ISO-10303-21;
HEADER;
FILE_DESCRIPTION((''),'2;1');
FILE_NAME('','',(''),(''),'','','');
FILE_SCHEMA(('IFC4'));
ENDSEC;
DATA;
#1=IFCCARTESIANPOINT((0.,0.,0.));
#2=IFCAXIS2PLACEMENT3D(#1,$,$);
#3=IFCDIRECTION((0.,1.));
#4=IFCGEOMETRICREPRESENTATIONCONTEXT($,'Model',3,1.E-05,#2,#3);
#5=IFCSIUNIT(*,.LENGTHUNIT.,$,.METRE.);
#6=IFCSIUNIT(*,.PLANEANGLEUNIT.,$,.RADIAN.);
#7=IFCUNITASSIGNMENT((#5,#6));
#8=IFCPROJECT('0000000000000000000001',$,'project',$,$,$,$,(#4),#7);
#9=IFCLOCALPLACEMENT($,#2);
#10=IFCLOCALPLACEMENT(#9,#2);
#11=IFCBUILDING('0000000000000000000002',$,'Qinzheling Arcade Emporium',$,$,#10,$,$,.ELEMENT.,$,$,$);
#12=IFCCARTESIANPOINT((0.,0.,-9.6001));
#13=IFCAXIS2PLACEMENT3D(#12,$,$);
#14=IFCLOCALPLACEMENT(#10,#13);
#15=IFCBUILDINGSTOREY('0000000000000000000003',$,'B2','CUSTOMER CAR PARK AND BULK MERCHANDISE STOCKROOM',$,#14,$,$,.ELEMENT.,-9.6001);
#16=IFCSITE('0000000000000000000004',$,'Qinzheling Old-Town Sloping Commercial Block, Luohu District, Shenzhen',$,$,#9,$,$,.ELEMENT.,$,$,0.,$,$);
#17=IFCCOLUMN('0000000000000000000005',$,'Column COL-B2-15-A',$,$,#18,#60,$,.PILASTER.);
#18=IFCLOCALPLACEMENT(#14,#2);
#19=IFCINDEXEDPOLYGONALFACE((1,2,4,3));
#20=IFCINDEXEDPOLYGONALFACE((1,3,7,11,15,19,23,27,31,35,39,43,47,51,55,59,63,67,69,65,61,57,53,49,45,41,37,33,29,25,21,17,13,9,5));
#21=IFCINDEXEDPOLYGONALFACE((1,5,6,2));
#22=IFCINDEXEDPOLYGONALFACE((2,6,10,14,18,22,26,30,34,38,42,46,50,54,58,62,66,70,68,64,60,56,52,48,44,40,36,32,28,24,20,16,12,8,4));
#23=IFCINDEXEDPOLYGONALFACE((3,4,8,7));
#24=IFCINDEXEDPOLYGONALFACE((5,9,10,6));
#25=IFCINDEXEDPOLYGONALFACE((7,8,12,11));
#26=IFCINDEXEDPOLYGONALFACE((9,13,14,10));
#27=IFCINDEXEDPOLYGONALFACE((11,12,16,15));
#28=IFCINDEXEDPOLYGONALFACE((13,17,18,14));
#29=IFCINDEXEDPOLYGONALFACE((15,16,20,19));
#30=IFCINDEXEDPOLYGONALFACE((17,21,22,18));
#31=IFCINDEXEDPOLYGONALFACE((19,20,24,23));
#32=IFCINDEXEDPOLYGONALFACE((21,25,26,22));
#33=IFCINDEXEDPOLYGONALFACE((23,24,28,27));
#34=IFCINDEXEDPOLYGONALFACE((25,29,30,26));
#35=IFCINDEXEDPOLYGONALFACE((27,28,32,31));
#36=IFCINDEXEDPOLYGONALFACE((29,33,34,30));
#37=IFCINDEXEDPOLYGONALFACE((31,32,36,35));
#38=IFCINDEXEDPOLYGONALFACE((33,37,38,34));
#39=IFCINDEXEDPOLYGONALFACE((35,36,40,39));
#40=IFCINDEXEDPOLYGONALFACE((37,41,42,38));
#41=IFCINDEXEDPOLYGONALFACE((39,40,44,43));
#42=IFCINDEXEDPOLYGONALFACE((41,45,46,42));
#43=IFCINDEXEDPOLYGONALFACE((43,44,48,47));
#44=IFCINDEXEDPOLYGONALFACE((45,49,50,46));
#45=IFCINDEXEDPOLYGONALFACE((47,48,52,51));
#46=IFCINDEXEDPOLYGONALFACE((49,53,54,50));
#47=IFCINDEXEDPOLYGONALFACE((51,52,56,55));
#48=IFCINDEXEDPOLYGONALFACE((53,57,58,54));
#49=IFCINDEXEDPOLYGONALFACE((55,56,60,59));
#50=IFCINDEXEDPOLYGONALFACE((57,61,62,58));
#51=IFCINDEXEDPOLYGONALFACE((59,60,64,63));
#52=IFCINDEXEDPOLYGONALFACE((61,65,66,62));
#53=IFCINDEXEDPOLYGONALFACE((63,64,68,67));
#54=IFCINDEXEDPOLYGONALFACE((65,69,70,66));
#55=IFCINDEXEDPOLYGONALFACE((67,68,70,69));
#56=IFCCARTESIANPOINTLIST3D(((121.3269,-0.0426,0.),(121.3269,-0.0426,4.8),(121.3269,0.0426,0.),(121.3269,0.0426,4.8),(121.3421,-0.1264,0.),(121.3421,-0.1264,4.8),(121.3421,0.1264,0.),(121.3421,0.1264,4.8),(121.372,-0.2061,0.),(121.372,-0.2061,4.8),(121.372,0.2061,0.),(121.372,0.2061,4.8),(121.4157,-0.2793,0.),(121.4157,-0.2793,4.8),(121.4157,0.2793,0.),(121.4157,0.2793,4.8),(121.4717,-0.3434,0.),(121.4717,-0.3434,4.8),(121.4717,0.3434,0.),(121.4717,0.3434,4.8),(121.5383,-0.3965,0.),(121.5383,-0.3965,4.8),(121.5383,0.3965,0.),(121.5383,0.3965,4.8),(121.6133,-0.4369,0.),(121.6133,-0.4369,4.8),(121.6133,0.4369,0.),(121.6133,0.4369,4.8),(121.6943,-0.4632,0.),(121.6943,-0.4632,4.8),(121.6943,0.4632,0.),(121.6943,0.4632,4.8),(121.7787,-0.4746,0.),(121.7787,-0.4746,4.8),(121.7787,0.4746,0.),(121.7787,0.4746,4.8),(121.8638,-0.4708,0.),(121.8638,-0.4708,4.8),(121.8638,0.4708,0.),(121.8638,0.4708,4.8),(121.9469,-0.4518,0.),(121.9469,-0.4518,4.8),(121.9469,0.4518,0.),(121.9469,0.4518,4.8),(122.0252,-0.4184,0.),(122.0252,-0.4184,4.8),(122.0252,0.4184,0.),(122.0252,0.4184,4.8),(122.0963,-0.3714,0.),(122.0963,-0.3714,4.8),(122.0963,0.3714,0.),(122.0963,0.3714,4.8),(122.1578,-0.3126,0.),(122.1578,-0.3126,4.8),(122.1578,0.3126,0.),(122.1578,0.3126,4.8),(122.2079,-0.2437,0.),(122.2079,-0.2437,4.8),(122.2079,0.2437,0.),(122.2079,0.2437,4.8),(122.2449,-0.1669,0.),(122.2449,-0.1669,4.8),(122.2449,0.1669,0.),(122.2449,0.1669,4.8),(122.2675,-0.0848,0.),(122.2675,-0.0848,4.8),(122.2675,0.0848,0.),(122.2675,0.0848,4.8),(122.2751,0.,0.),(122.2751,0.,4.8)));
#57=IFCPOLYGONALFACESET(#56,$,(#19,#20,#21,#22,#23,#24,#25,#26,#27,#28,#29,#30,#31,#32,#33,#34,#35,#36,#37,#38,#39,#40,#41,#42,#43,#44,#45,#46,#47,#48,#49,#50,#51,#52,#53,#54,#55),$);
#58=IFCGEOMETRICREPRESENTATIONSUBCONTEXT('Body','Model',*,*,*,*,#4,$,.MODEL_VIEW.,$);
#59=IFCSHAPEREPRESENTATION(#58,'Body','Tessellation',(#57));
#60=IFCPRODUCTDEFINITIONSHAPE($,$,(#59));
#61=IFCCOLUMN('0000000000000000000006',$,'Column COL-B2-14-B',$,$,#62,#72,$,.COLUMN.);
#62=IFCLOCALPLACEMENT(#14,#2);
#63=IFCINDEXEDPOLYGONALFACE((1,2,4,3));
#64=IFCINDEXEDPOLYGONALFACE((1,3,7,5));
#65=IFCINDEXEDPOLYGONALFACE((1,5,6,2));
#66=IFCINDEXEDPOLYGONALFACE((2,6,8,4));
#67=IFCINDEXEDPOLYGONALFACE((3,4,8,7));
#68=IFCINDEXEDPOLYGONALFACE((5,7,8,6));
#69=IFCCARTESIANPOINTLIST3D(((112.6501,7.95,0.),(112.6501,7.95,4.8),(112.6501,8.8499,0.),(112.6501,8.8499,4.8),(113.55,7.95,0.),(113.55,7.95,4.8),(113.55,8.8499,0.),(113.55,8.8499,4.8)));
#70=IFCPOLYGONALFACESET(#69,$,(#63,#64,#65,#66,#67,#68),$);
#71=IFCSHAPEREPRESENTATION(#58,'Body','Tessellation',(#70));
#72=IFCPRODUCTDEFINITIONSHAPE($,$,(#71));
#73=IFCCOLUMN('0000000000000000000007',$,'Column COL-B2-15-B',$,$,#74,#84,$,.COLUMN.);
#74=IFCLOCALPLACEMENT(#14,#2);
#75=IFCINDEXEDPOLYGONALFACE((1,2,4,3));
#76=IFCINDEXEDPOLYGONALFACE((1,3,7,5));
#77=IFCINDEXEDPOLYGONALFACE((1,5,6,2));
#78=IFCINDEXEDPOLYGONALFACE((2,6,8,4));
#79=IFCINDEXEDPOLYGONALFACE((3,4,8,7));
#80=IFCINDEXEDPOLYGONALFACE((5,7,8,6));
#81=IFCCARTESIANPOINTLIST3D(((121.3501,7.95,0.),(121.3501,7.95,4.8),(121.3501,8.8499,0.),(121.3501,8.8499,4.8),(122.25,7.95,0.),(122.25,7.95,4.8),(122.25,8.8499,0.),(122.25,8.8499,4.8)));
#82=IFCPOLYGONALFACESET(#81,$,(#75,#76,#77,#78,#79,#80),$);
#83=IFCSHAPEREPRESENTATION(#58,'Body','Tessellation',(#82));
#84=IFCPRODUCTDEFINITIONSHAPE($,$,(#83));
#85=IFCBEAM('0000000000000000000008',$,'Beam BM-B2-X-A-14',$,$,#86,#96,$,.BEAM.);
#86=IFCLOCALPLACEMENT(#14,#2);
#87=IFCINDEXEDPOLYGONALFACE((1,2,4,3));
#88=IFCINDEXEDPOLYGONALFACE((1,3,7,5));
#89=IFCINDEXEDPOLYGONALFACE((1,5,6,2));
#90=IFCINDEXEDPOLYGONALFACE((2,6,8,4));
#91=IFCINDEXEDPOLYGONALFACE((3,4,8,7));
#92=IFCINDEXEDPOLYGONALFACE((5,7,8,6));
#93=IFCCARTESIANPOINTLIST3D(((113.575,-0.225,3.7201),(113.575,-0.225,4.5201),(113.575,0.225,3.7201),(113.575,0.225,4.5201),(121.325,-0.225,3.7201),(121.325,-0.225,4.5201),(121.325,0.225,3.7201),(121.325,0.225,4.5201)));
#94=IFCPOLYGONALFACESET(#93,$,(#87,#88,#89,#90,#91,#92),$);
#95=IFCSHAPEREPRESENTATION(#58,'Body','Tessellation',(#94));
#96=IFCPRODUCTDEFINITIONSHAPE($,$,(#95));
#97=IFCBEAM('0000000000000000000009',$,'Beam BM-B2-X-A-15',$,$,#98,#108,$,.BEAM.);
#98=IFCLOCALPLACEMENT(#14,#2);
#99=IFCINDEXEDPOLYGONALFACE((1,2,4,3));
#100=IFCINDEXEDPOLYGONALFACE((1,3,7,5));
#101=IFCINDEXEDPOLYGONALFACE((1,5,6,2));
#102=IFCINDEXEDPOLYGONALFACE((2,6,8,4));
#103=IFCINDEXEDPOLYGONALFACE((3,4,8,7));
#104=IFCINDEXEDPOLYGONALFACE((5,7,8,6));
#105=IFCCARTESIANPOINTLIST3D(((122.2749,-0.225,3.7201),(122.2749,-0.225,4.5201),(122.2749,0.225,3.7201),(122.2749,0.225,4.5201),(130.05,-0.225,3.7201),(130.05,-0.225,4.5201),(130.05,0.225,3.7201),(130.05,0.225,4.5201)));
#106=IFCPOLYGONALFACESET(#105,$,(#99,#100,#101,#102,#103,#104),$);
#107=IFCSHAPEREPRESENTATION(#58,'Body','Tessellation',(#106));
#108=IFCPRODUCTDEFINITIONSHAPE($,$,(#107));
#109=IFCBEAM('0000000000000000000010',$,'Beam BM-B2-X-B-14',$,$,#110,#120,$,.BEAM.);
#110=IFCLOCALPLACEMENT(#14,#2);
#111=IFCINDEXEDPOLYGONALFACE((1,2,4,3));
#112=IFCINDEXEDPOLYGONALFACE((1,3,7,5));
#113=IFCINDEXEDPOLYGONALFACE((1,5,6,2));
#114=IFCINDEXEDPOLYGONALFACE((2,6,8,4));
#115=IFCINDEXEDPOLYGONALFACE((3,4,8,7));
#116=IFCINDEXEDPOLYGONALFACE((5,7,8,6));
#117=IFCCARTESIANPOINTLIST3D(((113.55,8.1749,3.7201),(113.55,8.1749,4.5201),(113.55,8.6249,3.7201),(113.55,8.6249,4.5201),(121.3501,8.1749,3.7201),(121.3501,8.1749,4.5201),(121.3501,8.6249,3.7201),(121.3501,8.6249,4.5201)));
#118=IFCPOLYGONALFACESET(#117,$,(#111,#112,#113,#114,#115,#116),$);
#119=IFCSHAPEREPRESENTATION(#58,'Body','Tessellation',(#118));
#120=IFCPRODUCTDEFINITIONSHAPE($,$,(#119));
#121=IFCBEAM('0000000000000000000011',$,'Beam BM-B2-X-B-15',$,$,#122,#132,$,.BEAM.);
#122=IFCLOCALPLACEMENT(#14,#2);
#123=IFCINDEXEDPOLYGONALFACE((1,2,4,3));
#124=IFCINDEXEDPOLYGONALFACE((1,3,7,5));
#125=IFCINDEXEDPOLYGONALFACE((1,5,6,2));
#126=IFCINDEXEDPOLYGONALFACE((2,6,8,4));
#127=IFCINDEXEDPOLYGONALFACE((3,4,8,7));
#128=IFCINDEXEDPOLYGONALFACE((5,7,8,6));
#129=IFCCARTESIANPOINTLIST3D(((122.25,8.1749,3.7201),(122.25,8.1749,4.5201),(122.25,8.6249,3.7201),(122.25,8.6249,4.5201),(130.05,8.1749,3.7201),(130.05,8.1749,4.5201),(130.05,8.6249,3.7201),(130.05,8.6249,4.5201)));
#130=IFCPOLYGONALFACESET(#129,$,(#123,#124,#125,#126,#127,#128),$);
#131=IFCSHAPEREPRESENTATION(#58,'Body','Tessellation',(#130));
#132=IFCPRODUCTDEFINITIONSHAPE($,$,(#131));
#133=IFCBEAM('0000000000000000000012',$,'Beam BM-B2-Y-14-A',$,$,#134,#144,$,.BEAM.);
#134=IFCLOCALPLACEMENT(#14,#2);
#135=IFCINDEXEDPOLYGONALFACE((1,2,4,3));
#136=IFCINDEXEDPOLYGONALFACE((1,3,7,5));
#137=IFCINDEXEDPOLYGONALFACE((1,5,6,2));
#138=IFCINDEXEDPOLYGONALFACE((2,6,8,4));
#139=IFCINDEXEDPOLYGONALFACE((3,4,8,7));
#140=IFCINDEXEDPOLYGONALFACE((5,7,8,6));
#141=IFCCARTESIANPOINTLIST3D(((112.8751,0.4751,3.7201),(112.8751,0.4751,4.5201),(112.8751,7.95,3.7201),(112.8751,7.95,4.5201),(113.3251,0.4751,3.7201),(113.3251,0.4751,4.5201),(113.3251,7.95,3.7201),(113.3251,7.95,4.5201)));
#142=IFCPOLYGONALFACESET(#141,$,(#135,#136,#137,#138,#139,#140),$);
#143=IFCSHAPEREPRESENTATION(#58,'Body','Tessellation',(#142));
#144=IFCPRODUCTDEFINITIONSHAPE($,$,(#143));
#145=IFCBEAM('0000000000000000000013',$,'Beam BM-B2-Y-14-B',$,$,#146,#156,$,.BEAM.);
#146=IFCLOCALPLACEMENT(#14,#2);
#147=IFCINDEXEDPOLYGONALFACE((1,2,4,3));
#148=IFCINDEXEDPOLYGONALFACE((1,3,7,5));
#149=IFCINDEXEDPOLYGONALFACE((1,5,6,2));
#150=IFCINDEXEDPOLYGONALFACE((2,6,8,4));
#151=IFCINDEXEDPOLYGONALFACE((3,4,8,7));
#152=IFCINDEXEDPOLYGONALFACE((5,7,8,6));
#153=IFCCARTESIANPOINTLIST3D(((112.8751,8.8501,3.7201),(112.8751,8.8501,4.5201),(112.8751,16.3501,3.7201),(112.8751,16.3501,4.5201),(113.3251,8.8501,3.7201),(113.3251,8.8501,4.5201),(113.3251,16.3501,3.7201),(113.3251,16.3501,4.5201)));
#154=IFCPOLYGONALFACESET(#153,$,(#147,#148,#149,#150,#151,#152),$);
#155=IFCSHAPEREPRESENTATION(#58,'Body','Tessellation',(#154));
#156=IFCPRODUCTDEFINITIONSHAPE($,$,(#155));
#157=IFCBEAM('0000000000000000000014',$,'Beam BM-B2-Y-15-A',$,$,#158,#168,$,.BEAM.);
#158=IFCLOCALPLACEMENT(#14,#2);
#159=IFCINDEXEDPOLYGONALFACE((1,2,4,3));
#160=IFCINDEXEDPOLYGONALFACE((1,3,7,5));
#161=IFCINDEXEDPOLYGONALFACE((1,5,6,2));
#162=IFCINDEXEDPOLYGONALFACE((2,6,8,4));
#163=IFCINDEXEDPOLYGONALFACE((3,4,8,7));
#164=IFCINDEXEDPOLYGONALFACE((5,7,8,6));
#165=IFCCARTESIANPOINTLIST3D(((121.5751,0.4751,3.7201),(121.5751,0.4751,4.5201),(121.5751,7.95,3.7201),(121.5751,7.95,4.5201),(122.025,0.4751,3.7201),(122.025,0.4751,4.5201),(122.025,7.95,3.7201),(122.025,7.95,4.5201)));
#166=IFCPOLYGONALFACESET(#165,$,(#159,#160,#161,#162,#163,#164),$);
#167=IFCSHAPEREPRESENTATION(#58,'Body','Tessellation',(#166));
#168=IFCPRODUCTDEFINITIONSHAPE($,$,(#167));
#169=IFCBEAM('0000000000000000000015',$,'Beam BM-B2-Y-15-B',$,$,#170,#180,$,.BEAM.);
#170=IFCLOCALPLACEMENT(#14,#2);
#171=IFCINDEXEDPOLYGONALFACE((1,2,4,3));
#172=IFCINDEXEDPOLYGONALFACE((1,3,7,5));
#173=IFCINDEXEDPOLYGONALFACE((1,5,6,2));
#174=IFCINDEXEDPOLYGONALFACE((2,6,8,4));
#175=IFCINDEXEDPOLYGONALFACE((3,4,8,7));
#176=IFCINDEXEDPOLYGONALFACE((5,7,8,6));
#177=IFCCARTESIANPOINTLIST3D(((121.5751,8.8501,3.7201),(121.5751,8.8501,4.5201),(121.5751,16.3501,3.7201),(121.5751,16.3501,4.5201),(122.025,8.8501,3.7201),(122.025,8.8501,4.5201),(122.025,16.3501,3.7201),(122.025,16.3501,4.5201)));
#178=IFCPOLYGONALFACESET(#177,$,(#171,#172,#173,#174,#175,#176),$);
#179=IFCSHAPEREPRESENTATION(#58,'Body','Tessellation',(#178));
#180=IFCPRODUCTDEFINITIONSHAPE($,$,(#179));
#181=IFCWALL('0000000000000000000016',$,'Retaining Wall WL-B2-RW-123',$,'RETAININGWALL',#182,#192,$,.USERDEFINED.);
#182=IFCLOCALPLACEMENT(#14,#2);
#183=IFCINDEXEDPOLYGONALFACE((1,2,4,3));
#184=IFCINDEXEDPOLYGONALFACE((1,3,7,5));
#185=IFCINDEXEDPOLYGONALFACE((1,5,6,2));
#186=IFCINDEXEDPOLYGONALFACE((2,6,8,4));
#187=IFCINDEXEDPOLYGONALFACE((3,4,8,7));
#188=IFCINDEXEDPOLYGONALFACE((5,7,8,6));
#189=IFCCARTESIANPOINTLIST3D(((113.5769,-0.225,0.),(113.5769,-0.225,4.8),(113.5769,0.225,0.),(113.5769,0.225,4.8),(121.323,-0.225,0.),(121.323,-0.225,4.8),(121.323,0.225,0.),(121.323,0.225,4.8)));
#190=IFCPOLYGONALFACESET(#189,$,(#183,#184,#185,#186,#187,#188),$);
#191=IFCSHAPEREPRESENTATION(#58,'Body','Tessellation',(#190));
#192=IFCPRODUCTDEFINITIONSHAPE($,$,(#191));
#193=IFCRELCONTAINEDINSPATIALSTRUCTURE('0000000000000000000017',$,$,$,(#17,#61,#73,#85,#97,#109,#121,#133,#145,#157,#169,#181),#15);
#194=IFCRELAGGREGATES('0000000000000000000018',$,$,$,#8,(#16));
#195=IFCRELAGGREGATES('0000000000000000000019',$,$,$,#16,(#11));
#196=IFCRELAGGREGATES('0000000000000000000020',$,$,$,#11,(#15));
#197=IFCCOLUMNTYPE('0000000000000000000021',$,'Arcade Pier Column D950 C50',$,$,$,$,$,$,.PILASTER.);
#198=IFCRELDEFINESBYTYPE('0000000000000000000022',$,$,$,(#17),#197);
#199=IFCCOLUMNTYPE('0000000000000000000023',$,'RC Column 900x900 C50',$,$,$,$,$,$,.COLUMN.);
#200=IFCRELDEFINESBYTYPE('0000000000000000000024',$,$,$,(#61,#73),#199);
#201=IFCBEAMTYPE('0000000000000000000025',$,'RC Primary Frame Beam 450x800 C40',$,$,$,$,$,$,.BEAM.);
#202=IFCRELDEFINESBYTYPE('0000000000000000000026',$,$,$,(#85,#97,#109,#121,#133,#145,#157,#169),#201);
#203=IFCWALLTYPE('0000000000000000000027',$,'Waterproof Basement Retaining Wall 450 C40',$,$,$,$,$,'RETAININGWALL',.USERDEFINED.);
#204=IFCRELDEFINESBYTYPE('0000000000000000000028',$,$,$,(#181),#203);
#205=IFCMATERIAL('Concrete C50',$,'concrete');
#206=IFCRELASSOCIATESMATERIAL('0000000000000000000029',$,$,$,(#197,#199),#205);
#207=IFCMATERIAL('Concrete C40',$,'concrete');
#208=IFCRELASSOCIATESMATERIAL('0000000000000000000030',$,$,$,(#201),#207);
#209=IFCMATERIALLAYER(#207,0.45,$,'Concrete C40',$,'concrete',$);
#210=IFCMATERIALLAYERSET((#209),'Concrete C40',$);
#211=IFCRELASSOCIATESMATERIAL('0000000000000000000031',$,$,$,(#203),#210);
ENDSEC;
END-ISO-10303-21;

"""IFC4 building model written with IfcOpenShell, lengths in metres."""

from ifc_helpers import new_model, si_unit, direction, frame, frame_2d, origin, origin_2d, place, context, subcontext, project, spatial, rectangle, circle, extrude, material, layer, layer_set, material_profile, profile_set, type_object, element, save


model = new_model("IFC4")

# Units and contexts
model_context = context("Model", 3, precision=1e-05, world=origin(), true_north=direction((0.0, 1.0)))
body_context = subcontext(model_context, "Body", "Model", "MODEL_VIEW")
ifc_project = project(units=[si_unit("LENGTHUNIT", "METRE"), si_unit("PLANEANGLEUNIT", "RADIAN")], contexts=[model_context])

# Site, building, storey
site_placement = place(None, origin())
site = spatial("IfcSite", under=ifc_project, at=site_placement, Name="Qinzheling Old-Town Sloping Commercial Block, Luohu District, Shenzhen", CompositionType="ELEMENT", RefElevation=0.0)
building_placement = place(site_placement, origin())
building = spatial("IfcBuilding", under=site, at=building_placement, Name="Qinzheling Arcade Emporium", CompositionType="ELEMENT")
storey_placement = place(building_placement, frame((0.0, 0.0, -9.6001)))
storey = spatial("IfcBuildingStorey", under=building, at=storey_placement, Name="B2", Description="CUSTOMER CAR PARK AND BULK MERCHANDISE STOCKROOM", CompositionType="ELEMENT", Elevation=-9.6001)

# Shared definitions
ifc_material_1 = material(Name="Concrete C40", Category="concrete")

# Columns
ifc_material_2 = material(Name="Concrete C50", Category="concrete")
ifc_material_profile_1 = material_profile(ifc_material_2, circle(Radius=0.4751, at=origin_2d()), Name="RC D950", Category="concrete")
ifc_profile_set_1 = profile_set([ifc_material_profile_1], Name="Concrete C50")
column_type_1 = type_object("IfcColumnType", Name="Arcade Pier Column D950 C50", PredefinedType="PILASTER", material=ifc_profile_set_1)
for number, where, z_axis, x_axis, name in (
    (1, (121.8, 0.0, 0.0), (0.0, 0.0, 1.0), (1.0, 0.0, 0.0), "Column COL-B2-15-A"),
):
    element("IfcColumn", number, at=place(storey_placement, frame(where, z_axis=z_axis, x_axis=x_axis)), inside=storey, type_object=column_type_1, Name=name, PredefinedType="PILASTER", context=body_context, shape_type="SweptSolid", body=[
        extrude(circle(Radius=0.4751, at=origin_2d()), origin(), (0.0, 0.0, 1.0), 4.8),
    ])
ifc_material_profile_2 = material_profile(ifc_material_2, rectangle(XDim=0.8999, YDim=0.8999, at=origin_2d()), Name="RC 900x900", Category="concrete")
ifc_profile_set_2 = profile_set([ifc_material_profile_2], Name="Concrete C50")
column_type_2 = type_object("IfcColumnType", Name="RC Column 900x900 C50", PredefinedType="COLUMN", material=ifc_profile_set_2)
for number, where, z_axis, x_axis, name in (
    (2, (113.1001, 8.3999, 0.0), (0.0, 0.0, 1.0), (1.0, 0.0, 0.0), "Column COL-B2-14-B"),
    (3, (121.8, 8.3999, 0.0), (0.0, 0.0, 1.0), (1.0, 0.0, 0.0), "Column COL-B2-15-B"),
):
    element("IfcColumn", number, at=place(storey_placement, frame(where, z_axis=z_axis, x_axis=x_axis)), inside=storey, type_object=column_type_2, Name=name, PredefinedType="COLUMN", context=body_context, shape_type="SweptSolid", body=[
        extrude(rectangle(XDim=0.8999, YDim=0.8999, at=origin_2d()), origin(), (0.0, 0.0, 1.0), 4.8),
    ])

# Beams
ifc_material_profile_3 = material_profile(ifc_material_1, rectangle(XDim=0.45, YDim=0.8, at=origin_2d()), Name="RC 450x800", Category="concrete")
ifc_profile_set_3 = profile_set([ifc_material_profile_3], Name="Concrete C40")
beam_type = type_object("IfcBeamType", Name="RC Primary Frame Beam 450x800 C40", PredefinedType="BEAM", material=ifc_profile_set_3)
beam_1_placement = place(storey_placement, frame((113.575, 0.0, 4.1201), z_axis=(1.0, 0.0, 0.0), x_axis=(0.0, 1.0, 0.0)))
element("IfcBeam", 4, at=beam_1_placement, inside=storey, type_object=beam_type, Name="Beam BM-B2-X-A-14", PredefinedType="BEAM", context=body_context, shape_type="SweptSolid", body=[
    extrude(rectangle(XDim=0.45, YDim=0.8, at=origin_2d()), origin(), (0.0, 0.0, 1.0), 7.75),
])
beam_2_placement = place(storey_placement, frame((122.2749, 0.0, 4.1201), z_axis=(1.0, 0.0, 0.0), x_axis=(0.0, 1.0, 0.0)))
element("IfcBeam", 5, at=beam_2_placement, inside=storey, type_object=beam_type, Name="Beam BM-B2-X-A-15", PredefinedType="BEAM", context=body_context, shape_type="SweptSolid", body=[
    extrude(rectangle(XDim=0.45, YDim=0.8, at=origin_2d()), origin(), (0.0, 0.0, 1.0), 7.7751),
])
for number, where, z_axis, x_axis, name in (
    (6, (113.55, 8.3999, 4.1201), (1.0, 0.0, 0.0), (0.0, 1.0, 0.0), "Beam BM-B2-X-B-14"),
    (7, (122.25, 8.3999, 4.1201), (1.0, 0.0, 0.0), (0.0, 1.0, 0.0), "Beam BM-B2-X-B-15"),
):
    element("IfcBeam", number, at=place(storey_placement, frame(where, z_axis=z_axis, x_axis=x_axis)), inside=storey, type_object=beam_type, Name=name, PredefinedType="BEAM", context=body_context, shape_type="SweptSolid", body=[
        extrude(rectangle(XDim=0.45, YDim=0.8, at=origin_2d()), origin(), (0.0, 0.0, 1.0), 7.8),
    ])
beam_3_placement = place(storey_placement, frame((113.1001, 0.4751, 4.1201), z_axis=(0.0, 1.0, 0.0), x_axis=(-1.0, 0.0, 0.0)))
element("IfcBeam", 8, at=beam_3_placement, inside=storey, type_object=beam_type, Name="Beam BM-B2-Y-14-A", PredefinedType="BEAM", context=body_context, shape_type="SweptSolid", body=[
    extrude(rectangle(XDim=0.45, YDim=0.8, at=origin_2d()), origin(), (0.0, 0.0, 1.0), 7.4749),
])
beam_4_placement = place(storey_placement, frame((113.1001, 8.8501, 4.1201), z_axis=(0.0, 1.0, 0.0), x_axis=(-1.0, 0.0, 0.0)))
element("IfcBeam", 9, at=beam_4_placement, inside=storey, type_object=beam_type, Name="Beam BM-B2-Y-14-B", PredefinedType="BEAM", context=body_context, shape_type="SweptSolid", body=[
    extrude(rectangle(XDim=0.45, YDim=0.8, at=origin_2d()), origin(), (0.0, 0.0, 1.0), 7.5),
])
beam_5_placement = place(storey_placement, frame((121.8, 0.4751, 4.1201), z_axis=(0.0, 1.0, 0.0), x_axis=(-1.0, 0.0, 0.0)))
element("IfcBeam", 10, at=beam_5_placement, inside=storey, type_object=beam_type, Name="Beam BM-B2-Y-15-A", PredefinedType="BEAM", context=body_context, shape_type="SweptSolid", body=[
    extrude(rectangle(XDim=0.45, YDim=0.8, at=origin_2d()), origin(), (0.0, 0.0, 1.0), 7.4749),
])
beam_6_placement = place(storey_placement, frame((121.8, 8.8501, 4.1201), z_axis=(0.0, 1.0, 0.0), x_axis=(-1.0, 0.0, 0.0)))
element("IfcBeam", 11, at=beam_6_placement, inside=storey, type_object=beam_type, Name="Beam BM-B2-Y-15-B", PredefinedType="BEAM", context=body_context, shape_type="SweptSolid", body=[
    extrude(rectangle(XDim=0.45, YDim=0.8, at=origin_2d()), origin(), (0.0, 0.0, 1.0), 7.5),
])

# Wall
ifc_layer = layer(ifc_material_1, 0.45, Name="Concrete C40", Category="concrete")
ifc_layer_set = layer_set([ifc_layer], Name="Concrete C40")
wall_type = type_object("IfcWallType", Name="Waterproof Basement Retaining Wall 450 C40", ElementType="RETAININGWALL", PredefinedType="USERDEFINED", material=ifc_layer_set)
wall_placement = place(storey_placement, frame((121.323, 0.0, 0.0), z_axis=(0.0, 0.0, 1.0), x_axis=(-1.0, 0.0, 0.0)))
element("IfcWall", 12, at=wall_placement, inside=storey, type_object=wall_type, Name="Retaining Wall WL-B2-RW-123", ObjectType="RETAININGWALL", PredefinedType="USERDEFINED", context=body_context, shape_type="SweptSolid", body=[
    extrude(rectangle(XDim=7.7461, YDim=0.45, at=frame_2d((3.873, 0.0))), origin(), (0.0, 0.0, 1.0), 4.8),
])

save(model, "model.ifc")
